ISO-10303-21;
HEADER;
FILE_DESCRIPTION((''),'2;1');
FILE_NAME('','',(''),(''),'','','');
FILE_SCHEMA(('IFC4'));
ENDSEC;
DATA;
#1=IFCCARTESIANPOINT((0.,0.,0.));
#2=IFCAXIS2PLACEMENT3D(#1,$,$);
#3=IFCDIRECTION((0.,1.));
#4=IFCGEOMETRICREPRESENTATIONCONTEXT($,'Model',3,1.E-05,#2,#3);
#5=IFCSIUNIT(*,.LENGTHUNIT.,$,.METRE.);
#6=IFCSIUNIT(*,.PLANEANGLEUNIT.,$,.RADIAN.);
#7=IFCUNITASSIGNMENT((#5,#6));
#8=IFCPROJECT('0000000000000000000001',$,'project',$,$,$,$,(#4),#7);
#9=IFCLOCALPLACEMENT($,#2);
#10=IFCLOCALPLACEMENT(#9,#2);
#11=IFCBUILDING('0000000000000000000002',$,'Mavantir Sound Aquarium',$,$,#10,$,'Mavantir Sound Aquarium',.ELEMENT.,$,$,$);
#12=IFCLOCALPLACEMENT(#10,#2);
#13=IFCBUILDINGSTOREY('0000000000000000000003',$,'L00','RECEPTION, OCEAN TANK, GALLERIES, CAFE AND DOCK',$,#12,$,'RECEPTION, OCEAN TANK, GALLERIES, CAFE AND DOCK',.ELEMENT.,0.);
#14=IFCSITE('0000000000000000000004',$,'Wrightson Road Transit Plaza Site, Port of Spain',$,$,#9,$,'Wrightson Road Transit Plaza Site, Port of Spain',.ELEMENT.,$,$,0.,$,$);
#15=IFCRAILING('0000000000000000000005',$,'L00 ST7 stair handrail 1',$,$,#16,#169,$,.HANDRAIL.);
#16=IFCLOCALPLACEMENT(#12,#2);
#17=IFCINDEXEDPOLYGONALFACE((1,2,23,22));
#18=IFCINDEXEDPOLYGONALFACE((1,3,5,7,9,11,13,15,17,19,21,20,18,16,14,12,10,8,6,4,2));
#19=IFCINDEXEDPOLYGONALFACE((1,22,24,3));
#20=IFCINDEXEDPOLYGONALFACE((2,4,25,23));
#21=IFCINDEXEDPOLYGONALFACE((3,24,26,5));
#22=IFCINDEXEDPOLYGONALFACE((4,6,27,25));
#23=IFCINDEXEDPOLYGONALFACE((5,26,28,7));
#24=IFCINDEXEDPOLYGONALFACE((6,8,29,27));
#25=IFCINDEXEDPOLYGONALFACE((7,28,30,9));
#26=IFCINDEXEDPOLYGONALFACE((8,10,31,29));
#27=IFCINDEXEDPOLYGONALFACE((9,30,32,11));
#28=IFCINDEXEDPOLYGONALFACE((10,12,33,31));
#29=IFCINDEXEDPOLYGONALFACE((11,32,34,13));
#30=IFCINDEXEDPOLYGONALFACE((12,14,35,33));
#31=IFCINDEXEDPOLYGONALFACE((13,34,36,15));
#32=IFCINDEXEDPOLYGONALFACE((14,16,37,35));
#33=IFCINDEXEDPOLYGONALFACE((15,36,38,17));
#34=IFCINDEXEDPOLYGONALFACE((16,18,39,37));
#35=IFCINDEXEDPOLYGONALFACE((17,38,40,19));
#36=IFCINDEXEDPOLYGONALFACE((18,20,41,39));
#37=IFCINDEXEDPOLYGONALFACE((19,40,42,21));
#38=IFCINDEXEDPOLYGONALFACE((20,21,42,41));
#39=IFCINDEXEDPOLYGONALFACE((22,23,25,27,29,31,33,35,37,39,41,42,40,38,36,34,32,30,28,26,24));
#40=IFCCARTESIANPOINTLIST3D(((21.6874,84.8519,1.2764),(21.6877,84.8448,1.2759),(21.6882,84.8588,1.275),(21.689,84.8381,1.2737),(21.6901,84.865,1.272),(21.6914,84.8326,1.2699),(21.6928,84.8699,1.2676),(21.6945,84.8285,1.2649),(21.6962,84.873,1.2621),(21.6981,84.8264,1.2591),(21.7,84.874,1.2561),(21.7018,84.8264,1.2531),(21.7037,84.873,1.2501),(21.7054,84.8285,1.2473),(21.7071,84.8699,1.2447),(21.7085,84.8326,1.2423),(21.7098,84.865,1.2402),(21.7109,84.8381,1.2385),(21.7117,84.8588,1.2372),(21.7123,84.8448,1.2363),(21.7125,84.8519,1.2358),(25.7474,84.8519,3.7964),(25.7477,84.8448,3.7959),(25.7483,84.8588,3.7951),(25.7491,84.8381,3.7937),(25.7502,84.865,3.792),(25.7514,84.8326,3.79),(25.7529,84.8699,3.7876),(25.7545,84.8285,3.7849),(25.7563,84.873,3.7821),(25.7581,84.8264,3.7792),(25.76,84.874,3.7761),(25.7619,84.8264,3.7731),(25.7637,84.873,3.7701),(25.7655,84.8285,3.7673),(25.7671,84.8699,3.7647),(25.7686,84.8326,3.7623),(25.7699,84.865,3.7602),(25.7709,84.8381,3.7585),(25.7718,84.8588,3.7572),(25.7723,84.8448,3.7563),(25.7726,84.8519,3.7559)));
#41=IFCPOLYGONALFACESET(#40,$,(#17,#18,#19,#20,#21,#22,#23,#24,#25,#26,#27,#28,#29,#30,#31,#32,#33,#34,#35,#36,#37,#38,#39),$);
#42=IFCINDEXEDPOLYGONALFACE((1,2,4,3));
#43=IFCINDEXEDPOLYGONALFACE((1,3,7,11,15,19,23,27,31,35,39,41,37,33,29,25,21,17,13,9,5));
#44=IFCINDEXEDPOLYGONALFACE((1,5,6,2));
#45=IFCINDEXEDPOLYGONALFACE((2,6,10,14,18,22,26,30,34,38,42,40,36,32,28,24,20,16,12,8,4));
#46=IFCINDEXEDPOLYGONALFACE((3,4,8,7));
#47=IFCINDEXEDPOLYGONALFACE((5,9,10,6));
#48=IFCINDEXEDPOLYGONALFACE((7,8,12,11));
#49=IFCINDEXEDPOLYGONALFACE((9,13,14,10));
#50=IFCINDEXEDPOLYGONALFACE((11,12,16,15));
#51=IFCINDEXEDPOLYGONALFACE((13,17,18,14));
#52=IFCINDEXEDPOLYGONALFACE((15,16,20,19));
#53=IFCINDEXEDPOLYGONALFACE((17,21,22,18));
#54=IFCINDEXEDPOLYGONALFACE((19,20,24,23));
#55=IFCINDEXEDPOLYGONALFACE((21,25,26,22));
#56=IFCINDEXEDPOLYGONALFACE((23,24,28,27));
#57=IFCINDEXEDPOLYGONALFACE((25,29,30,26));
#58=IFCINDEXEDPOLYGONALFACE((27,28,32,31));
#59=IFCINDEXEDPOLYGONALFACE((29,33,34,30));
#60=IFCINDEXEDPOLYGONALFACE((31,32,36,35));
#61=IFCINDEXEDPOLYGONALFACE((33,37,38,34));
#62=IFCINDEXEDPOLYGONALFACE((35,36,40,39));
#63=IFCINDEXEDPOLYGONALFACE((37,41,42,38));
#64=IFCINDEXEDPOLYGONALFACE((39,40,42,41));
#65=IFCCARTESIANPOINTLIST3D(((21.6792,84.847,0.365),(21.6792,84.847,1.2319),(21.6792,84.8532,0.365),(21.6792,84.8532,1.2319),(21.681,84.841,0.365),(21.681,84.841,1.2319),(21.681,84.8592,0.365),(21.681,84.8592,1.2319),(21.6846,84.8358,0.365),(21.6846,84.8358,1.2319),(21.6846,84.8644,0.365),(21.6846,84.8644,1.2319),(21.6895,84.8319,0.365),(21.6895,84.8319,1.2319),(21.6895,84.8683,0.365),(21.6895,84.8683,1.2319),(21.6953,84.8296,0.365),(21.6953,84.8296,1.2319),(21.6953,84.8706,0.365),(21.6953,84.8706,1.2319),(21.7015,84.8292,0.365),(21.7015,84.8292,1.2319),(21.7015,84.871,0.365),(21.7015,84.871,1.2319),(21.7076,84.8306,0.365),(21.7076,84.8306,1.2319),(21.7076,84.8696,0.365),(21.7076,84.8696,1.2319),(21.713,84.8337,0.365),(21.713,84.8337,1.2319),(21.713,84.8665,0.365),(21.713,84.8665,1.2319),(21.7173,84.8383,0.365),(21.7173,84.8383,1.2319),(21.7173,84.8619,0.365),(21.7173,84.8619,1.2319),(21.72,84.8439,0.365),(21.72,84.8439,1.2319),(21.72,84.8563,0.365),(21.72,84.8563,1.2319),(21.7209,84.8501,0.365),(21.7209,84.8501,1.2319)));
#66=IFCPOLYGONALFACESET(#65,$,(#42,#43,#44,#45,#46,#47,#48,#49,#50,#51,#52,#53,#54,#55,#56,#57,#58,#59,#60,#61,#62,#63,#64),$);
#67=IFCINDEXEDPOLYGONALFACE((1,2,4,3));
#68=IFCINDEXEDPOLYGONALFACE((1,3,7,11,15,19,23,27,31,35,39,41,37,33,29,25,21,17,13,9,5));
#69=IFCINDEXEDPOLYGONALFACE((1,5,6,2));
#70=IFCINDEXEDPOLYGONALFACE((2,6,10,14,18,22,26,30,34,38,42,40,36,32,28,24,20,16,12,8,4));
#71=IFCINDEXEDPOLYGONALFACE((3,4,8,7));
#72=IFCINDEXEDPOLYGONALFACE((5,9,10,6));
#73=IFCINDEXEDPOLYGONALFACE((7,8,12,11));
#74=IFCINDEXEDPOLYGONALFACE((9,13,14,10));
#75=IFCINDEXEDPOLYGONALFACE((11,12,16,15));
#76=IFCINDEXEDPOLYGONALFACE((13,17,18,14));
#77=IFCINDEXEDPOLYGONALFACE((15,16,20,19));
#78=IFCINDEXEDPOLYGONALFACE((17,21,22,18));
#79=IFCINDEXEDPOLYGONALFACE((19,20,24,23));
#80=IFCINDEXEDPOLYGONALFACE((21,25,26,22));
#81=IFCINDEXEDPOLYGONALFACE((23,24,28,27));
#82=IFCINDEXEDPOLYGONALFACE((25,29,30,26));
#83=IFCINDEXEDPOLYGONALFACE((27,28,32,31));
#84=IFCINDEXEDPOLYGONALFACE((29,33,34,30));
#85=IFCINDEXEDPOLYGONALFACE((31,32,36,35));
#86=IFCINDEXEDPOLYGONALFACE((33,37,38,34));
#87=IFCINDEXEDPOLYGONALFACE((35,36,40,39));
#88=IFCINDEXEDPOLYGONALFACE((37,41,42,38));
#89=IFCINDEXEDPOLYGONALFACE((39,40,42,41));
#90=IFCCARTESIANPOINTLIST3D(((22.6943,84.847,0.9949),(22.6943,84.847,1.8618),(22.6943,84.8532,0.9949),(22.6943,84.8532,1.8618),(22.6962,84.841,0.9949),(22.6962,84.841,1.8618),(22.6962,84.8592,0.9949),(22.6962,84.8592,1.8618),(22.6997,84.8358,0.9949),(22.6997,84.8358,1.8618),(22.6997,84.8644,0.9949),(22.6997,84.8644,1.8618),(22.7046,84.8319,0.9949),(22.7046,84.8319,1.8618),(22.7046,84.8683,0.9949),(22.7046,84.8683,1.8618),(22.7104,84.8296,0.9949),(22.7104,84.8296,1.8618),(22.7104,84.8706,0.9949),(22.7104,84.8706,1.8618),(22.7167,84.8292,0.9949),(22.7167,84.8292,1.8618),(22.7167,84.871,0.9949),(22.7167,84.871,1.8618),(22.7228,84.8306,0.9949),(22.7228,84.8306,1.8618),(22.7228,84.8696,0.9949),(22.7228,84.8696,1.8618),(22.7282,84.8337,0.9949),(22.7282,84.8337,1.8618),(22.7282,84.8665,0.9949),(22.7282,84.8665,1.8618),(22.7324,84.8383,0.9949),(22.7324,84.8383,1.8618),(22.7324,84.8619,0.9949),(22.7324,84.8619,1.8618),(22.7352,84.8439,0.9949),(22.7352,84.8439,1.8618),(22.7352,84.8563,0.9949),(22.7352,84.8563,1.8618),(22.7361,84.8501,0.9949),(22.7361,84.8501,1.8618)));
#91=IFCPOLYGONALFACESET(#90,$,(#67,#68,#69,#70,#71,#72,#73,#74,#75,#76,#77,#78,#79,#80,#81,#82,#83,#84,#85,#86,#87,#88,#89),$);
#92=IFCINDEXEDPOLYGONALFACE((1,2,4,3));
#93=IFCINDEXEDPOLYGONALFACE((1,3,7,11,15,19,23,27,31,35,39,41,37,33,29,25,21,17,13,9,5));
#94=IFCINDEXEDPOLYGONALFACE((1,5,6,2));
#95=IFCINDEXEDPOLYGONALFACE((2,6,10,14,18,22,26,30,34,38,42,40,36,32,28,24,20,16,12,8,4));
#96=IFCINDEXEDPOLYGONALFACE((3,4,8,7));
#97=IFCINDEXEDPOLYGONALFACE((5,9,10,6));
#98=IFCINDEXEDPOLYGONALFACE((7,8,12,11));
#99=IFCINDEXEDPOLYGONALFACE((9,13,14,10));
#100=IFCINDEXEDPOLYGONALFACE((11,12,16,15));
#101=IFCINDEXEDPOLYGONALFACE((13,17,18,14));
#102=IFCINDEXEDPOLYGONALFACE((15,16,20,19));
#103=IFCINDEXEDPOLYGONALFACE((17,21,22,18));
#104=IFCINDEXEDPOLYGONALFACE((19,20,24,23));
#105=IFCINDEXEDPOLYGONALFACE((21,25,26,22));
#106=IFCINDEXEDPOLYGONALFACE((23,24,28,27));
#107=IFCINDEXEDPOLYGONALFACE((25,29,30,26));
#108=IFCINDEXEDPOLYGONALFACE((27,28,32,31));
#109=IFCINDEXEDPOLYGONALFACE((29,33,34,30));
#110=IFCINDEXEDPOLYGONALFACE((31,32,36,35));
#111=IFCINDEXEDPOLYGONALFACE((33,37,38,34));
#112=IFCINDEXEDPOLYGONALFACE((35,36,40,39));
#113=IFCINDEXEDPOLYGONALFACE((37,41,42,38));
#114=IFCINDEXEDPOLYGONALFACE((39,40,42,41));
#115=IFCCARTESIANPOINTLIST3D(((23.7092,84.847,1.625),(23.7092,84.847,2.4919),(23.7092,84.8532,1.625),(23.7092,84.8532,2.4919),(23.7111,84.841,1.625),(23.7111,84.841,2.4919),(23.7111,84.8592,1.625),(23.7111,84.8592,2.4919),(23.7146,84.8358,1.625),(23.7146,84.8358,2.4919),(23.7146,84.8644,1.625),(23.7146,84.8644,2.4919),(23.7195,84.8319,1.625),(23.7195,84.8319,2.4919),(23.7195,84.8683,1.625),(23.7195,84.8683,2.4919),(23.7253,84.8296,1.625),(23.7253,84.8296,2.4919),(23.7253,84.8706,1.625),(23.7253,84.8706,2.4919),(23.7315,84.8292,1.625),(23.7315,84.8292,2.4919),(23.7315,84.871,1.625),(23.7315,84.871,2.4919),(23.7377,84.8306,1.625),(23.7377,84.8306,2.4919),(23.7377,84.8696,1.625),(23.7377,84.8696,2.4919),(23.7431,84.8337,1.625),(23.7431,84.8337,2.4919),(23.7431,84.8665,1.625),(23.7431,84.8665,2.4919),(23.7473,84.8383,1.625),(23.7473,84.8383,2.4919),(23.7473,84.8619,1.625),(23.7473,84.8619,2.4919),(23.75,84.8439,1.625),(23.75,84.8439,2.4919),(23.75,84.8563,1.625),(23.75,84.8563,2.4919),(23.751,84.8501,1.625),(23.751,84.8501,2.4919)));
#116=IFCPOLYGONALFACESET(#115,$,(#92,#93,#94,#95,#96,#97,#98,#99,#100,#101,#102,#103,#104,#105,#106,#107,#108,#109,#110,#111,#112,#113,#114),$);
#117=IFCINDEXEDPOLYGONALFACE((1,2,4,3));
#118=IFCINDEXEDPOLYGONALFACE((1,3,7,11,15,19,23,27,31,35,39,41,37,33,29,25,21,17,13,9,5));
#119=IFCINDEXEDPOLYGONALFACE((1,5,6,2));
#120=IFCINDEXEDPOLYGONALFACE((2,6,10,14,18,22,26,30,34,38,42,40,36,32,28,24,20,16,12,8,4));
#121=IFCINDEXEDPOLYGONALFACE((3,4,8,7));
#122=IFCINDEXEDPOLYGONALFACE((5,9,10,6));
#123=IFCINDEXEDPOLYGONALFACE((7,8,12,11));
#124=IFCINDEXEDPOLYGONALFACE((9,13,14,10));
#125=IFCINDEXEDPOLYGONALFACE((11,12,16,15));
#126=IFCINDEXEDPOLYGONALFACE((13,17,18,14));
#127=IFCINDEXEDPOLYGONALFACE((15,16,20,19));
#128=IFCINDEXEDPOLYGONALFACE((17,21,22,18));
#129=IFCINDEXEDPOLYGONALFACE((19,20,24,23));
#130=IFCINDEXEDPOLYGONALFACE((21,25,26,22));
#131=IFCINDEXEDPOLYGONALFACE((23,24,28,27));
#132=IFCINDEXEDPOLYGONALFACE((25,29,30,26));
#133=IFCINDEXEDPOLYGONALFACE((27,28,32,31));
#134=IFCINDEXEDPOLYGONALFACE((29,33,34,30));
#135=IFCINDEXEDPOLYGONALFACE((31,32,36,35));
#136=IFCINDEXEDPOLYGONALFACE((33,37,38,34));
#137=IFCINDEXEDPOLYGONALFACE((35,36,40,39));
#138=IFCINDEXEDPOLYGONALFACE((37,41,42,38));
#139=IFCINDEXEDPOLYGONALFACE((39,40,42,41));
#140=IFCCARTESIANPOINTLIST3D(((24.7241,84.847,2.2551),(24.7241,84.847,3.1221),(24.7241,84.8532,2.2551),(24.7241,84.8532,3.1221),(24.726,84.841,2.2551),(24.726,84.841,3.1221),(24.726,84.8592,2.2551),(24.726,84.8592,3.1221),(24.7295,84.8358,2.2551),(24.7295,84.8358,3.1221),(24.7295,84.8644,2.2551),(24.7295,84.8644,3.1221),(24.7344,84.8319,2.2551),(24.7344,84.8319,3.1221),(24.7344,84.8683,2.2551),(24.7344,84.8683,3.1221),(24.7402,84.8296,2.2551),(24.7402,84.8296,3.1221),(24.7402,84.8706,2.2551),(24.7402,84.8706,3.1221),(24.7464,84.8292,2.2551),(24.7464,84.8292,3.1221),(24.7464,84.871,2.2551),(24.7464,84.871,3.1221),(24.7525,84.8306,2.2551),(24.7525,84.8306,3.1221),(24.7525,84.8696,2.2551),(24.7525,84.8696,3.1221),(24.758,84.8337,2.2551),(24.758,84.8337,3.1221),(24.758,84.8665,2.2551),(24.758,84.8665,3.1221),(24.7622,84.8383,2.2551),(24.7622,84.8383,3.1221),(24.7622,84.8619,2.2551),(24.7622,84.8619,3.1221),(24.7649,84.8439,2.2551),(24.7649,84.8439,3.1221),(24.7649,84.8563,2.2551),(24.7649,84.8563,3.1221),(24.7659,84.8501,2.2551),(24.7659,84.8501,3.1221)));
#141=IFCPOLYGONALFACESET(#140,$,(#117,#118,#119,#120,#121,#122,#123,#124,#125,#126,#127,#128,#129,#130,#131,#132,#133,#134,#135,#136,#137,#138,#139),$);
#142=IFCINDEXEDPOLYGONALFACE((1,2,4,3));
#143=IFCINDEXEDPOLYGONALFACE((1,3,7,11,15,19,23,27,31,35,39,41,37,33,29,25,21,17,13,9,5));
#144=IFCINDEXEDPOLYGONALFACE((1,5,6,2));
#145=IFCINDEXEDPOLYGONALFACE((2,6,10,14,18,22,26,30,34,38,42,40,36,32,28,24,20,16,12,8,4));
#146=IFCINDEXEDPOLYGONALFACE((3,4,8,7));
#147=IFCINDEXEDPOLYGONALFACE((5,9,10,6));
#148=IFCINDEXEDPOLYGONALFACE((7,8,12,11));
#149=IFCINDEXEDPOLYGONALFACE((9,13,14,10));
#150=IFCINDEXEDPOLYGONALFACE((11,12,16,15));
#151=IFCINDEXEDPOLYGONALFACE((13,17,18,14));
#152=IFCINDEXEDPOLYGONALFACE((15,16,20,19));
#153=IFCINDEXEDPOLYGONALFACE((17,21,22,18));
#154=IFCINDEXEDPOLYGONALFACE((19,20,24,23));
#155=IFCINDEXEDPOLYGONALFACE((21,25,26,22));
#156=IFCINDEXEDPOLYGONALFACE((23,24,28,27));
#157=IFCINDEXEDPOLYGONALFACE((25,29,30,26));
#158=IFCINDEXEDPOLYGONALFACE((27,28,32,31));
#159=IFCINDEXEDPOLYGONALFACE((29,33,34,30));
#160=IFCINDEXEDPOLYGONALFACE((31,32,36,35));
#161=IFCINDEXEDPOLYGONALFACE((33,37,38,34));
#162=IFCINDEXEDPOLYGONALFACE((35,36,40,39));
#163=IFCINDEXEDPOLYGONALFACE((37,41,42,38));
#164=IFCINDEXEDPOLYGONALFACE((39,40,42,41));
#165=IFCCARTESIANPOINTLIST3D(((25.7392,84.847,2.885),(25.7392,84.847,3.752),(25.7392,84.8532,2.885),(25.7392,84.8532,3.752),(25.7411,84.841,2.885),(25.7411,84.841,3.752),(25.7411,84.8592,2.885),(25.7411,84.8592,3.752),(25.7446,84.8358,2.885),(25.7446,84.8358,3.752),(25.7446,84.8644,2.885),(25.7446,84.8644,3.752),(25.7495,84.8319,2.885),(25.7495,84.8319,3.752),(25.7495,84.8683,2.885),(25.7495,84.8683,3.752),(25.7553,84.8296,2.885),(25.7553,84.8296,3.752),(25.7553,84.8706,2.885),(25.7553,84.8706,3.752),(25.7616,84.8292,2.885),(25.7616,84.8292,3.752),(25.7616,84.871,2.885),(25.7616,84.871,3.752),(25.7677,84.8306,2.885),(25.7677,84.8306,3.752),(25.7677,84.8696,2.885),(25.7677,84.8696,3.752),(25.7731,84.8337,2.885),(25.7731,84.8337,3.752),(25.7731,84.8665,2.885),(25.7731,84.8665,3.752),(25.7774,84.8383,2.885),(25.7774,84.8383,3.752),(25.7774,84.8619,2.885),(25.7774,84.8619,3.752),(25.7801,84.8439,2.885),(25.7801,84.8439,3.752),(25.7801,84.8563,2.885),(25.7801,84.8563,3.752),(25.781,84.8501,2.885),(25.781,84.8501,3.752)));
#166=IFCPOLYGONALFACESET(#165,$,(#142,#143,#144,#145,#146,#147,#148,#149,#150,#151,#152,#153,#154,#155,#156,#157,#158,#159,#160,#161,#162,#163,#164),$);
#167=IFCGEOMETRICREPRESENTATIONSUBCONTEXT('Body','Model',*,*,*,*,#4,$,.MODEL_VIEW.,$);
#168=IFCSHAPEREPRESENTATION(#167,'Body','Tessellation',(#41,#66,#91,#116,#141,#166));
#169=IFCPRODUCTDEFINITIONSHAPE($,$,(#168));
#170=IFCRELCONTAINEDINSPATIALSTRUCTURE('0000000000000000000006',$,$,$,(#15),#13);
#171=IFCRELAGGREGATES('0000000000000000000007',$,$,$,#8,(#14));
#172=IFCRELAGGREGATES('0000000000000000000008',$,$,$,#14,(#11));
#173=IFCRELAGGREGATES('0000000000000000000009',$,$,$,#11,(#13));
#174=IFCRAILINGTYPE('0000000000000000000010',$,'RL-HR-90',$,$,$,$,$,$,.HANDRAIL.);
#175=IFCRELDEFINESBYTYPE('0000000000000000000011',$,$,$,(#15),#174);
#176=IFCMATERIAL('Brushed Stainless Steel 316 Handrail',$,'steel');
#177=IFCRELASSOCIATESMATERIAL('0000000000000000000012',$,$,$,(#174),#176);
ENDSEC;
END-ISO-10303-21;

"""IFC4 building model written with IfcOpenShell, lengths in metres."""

from ifc_helpers import new_model, si_unit, direction, frame, origin, origin_2d, place, context, subcontext, project, spatial, circle, extrude, material, type_object, element, save


model = new_model("IFC4")

# Units and contexts
model_context = context("Model", 3, precision=1e-05, world=origin(), true_north=direction((0.0, 1.0)))
body_context = subcontext(model_context, "Body", "Model", "MODEL_VIEW")
ifc_project = project(units=[si_unit("LENGTHUNIT", "METRE"), si_unit("PLANEANGLEUNIT", "RADIAN")], contexts=[model_context])

# Site, building, storey
site_placement = place(None, origin())
site = spatial("IfcSite", under=ifc_project, at=site_placement, Name="Wrightson Road Transit Plaza Site, Port of Spain", LongName="Wrightson Road Transit Plaza Site, Port of Spain", CompositionType="ELEMENT", RefElevation=0.0)
building_placement = place(site_placement, origin())
building = spatial("IfcBuilding", under=site, at=building_placement, Name="Mavantir Sound Aquarium", LongName="Mavantir Sound Aquarium", CompositionType="ELEMENT")
storey_placement = place(building_placement, origin())
storey = spatial("IfcBuildingStorey", under=building, at=storey_placement, Name="L00", Description="RECEPTION, OCEAN TANK, GALLERIES, CAFE AND DOCK", LongName="RECEPTION, OCEAN TANK, GALLERIES, CAFE AND DOCK", CompositionType="ELEMENT", Elevation=0.0)

# Railing
ifc_material_1 = material(Name="Brushed Stainless Steel 316 Handrail", Category="steel")
railing_type_1 = type_object("IfcRailingType", Name="RL-HR-90", PredefinedType="HANDRAIL", material=ifc_material_1)
railing_1_placement = place(storey_placement, frame((21.7, 84.8501, 0.365)))
element("IfcRailing", 1, at=railing_1_placement, inside=storey, type_object=railing_type_1, Name="L00 ST7 stair handrail 1", PredefinedType="HANDRAIL", context=body_context, shape_type="SweptSolid", body=[
    extrude(circle(Radius=0.0239, at=origin_2d()), frame((0.0, 0.0, 0.8911), z_axis=(0.849642, 0.0, 0.52736), x_axis=(0.0, 1.0, 0.0)), (0.0, 0.0, 1.0), 4.7786),
    extrude(circle(Radius=0.021, at=origin_2d()), origin(), (0.0, 0.0, 1.0), 0.8669),
    extrude(circle(Radius=0.021, at=origin_2d()), frame((1.0151, 0.0, 0.6299)), (0.0, 0.0, 1.0), 0.8669),
    extrude(circle(Radius=0.021, at=origin_2d()), frame((2.03, 0.0, 1.26)), (0.0, 0.0, 1.0), 0.8669),
    extrude(circle(Radius=0.021, at=origin_2d()), frame((3.0449, 0.0, 1.8901)), (0.0, 0.0, 1.0), 0.8669),
    extrude(circle(Radius=0.021, at=origin_2d()), frame((4.0601, 0.0, 2.52)), (0.0, 0.0, 1.0), 0.8669),
])

save(model, "model.ifc")
